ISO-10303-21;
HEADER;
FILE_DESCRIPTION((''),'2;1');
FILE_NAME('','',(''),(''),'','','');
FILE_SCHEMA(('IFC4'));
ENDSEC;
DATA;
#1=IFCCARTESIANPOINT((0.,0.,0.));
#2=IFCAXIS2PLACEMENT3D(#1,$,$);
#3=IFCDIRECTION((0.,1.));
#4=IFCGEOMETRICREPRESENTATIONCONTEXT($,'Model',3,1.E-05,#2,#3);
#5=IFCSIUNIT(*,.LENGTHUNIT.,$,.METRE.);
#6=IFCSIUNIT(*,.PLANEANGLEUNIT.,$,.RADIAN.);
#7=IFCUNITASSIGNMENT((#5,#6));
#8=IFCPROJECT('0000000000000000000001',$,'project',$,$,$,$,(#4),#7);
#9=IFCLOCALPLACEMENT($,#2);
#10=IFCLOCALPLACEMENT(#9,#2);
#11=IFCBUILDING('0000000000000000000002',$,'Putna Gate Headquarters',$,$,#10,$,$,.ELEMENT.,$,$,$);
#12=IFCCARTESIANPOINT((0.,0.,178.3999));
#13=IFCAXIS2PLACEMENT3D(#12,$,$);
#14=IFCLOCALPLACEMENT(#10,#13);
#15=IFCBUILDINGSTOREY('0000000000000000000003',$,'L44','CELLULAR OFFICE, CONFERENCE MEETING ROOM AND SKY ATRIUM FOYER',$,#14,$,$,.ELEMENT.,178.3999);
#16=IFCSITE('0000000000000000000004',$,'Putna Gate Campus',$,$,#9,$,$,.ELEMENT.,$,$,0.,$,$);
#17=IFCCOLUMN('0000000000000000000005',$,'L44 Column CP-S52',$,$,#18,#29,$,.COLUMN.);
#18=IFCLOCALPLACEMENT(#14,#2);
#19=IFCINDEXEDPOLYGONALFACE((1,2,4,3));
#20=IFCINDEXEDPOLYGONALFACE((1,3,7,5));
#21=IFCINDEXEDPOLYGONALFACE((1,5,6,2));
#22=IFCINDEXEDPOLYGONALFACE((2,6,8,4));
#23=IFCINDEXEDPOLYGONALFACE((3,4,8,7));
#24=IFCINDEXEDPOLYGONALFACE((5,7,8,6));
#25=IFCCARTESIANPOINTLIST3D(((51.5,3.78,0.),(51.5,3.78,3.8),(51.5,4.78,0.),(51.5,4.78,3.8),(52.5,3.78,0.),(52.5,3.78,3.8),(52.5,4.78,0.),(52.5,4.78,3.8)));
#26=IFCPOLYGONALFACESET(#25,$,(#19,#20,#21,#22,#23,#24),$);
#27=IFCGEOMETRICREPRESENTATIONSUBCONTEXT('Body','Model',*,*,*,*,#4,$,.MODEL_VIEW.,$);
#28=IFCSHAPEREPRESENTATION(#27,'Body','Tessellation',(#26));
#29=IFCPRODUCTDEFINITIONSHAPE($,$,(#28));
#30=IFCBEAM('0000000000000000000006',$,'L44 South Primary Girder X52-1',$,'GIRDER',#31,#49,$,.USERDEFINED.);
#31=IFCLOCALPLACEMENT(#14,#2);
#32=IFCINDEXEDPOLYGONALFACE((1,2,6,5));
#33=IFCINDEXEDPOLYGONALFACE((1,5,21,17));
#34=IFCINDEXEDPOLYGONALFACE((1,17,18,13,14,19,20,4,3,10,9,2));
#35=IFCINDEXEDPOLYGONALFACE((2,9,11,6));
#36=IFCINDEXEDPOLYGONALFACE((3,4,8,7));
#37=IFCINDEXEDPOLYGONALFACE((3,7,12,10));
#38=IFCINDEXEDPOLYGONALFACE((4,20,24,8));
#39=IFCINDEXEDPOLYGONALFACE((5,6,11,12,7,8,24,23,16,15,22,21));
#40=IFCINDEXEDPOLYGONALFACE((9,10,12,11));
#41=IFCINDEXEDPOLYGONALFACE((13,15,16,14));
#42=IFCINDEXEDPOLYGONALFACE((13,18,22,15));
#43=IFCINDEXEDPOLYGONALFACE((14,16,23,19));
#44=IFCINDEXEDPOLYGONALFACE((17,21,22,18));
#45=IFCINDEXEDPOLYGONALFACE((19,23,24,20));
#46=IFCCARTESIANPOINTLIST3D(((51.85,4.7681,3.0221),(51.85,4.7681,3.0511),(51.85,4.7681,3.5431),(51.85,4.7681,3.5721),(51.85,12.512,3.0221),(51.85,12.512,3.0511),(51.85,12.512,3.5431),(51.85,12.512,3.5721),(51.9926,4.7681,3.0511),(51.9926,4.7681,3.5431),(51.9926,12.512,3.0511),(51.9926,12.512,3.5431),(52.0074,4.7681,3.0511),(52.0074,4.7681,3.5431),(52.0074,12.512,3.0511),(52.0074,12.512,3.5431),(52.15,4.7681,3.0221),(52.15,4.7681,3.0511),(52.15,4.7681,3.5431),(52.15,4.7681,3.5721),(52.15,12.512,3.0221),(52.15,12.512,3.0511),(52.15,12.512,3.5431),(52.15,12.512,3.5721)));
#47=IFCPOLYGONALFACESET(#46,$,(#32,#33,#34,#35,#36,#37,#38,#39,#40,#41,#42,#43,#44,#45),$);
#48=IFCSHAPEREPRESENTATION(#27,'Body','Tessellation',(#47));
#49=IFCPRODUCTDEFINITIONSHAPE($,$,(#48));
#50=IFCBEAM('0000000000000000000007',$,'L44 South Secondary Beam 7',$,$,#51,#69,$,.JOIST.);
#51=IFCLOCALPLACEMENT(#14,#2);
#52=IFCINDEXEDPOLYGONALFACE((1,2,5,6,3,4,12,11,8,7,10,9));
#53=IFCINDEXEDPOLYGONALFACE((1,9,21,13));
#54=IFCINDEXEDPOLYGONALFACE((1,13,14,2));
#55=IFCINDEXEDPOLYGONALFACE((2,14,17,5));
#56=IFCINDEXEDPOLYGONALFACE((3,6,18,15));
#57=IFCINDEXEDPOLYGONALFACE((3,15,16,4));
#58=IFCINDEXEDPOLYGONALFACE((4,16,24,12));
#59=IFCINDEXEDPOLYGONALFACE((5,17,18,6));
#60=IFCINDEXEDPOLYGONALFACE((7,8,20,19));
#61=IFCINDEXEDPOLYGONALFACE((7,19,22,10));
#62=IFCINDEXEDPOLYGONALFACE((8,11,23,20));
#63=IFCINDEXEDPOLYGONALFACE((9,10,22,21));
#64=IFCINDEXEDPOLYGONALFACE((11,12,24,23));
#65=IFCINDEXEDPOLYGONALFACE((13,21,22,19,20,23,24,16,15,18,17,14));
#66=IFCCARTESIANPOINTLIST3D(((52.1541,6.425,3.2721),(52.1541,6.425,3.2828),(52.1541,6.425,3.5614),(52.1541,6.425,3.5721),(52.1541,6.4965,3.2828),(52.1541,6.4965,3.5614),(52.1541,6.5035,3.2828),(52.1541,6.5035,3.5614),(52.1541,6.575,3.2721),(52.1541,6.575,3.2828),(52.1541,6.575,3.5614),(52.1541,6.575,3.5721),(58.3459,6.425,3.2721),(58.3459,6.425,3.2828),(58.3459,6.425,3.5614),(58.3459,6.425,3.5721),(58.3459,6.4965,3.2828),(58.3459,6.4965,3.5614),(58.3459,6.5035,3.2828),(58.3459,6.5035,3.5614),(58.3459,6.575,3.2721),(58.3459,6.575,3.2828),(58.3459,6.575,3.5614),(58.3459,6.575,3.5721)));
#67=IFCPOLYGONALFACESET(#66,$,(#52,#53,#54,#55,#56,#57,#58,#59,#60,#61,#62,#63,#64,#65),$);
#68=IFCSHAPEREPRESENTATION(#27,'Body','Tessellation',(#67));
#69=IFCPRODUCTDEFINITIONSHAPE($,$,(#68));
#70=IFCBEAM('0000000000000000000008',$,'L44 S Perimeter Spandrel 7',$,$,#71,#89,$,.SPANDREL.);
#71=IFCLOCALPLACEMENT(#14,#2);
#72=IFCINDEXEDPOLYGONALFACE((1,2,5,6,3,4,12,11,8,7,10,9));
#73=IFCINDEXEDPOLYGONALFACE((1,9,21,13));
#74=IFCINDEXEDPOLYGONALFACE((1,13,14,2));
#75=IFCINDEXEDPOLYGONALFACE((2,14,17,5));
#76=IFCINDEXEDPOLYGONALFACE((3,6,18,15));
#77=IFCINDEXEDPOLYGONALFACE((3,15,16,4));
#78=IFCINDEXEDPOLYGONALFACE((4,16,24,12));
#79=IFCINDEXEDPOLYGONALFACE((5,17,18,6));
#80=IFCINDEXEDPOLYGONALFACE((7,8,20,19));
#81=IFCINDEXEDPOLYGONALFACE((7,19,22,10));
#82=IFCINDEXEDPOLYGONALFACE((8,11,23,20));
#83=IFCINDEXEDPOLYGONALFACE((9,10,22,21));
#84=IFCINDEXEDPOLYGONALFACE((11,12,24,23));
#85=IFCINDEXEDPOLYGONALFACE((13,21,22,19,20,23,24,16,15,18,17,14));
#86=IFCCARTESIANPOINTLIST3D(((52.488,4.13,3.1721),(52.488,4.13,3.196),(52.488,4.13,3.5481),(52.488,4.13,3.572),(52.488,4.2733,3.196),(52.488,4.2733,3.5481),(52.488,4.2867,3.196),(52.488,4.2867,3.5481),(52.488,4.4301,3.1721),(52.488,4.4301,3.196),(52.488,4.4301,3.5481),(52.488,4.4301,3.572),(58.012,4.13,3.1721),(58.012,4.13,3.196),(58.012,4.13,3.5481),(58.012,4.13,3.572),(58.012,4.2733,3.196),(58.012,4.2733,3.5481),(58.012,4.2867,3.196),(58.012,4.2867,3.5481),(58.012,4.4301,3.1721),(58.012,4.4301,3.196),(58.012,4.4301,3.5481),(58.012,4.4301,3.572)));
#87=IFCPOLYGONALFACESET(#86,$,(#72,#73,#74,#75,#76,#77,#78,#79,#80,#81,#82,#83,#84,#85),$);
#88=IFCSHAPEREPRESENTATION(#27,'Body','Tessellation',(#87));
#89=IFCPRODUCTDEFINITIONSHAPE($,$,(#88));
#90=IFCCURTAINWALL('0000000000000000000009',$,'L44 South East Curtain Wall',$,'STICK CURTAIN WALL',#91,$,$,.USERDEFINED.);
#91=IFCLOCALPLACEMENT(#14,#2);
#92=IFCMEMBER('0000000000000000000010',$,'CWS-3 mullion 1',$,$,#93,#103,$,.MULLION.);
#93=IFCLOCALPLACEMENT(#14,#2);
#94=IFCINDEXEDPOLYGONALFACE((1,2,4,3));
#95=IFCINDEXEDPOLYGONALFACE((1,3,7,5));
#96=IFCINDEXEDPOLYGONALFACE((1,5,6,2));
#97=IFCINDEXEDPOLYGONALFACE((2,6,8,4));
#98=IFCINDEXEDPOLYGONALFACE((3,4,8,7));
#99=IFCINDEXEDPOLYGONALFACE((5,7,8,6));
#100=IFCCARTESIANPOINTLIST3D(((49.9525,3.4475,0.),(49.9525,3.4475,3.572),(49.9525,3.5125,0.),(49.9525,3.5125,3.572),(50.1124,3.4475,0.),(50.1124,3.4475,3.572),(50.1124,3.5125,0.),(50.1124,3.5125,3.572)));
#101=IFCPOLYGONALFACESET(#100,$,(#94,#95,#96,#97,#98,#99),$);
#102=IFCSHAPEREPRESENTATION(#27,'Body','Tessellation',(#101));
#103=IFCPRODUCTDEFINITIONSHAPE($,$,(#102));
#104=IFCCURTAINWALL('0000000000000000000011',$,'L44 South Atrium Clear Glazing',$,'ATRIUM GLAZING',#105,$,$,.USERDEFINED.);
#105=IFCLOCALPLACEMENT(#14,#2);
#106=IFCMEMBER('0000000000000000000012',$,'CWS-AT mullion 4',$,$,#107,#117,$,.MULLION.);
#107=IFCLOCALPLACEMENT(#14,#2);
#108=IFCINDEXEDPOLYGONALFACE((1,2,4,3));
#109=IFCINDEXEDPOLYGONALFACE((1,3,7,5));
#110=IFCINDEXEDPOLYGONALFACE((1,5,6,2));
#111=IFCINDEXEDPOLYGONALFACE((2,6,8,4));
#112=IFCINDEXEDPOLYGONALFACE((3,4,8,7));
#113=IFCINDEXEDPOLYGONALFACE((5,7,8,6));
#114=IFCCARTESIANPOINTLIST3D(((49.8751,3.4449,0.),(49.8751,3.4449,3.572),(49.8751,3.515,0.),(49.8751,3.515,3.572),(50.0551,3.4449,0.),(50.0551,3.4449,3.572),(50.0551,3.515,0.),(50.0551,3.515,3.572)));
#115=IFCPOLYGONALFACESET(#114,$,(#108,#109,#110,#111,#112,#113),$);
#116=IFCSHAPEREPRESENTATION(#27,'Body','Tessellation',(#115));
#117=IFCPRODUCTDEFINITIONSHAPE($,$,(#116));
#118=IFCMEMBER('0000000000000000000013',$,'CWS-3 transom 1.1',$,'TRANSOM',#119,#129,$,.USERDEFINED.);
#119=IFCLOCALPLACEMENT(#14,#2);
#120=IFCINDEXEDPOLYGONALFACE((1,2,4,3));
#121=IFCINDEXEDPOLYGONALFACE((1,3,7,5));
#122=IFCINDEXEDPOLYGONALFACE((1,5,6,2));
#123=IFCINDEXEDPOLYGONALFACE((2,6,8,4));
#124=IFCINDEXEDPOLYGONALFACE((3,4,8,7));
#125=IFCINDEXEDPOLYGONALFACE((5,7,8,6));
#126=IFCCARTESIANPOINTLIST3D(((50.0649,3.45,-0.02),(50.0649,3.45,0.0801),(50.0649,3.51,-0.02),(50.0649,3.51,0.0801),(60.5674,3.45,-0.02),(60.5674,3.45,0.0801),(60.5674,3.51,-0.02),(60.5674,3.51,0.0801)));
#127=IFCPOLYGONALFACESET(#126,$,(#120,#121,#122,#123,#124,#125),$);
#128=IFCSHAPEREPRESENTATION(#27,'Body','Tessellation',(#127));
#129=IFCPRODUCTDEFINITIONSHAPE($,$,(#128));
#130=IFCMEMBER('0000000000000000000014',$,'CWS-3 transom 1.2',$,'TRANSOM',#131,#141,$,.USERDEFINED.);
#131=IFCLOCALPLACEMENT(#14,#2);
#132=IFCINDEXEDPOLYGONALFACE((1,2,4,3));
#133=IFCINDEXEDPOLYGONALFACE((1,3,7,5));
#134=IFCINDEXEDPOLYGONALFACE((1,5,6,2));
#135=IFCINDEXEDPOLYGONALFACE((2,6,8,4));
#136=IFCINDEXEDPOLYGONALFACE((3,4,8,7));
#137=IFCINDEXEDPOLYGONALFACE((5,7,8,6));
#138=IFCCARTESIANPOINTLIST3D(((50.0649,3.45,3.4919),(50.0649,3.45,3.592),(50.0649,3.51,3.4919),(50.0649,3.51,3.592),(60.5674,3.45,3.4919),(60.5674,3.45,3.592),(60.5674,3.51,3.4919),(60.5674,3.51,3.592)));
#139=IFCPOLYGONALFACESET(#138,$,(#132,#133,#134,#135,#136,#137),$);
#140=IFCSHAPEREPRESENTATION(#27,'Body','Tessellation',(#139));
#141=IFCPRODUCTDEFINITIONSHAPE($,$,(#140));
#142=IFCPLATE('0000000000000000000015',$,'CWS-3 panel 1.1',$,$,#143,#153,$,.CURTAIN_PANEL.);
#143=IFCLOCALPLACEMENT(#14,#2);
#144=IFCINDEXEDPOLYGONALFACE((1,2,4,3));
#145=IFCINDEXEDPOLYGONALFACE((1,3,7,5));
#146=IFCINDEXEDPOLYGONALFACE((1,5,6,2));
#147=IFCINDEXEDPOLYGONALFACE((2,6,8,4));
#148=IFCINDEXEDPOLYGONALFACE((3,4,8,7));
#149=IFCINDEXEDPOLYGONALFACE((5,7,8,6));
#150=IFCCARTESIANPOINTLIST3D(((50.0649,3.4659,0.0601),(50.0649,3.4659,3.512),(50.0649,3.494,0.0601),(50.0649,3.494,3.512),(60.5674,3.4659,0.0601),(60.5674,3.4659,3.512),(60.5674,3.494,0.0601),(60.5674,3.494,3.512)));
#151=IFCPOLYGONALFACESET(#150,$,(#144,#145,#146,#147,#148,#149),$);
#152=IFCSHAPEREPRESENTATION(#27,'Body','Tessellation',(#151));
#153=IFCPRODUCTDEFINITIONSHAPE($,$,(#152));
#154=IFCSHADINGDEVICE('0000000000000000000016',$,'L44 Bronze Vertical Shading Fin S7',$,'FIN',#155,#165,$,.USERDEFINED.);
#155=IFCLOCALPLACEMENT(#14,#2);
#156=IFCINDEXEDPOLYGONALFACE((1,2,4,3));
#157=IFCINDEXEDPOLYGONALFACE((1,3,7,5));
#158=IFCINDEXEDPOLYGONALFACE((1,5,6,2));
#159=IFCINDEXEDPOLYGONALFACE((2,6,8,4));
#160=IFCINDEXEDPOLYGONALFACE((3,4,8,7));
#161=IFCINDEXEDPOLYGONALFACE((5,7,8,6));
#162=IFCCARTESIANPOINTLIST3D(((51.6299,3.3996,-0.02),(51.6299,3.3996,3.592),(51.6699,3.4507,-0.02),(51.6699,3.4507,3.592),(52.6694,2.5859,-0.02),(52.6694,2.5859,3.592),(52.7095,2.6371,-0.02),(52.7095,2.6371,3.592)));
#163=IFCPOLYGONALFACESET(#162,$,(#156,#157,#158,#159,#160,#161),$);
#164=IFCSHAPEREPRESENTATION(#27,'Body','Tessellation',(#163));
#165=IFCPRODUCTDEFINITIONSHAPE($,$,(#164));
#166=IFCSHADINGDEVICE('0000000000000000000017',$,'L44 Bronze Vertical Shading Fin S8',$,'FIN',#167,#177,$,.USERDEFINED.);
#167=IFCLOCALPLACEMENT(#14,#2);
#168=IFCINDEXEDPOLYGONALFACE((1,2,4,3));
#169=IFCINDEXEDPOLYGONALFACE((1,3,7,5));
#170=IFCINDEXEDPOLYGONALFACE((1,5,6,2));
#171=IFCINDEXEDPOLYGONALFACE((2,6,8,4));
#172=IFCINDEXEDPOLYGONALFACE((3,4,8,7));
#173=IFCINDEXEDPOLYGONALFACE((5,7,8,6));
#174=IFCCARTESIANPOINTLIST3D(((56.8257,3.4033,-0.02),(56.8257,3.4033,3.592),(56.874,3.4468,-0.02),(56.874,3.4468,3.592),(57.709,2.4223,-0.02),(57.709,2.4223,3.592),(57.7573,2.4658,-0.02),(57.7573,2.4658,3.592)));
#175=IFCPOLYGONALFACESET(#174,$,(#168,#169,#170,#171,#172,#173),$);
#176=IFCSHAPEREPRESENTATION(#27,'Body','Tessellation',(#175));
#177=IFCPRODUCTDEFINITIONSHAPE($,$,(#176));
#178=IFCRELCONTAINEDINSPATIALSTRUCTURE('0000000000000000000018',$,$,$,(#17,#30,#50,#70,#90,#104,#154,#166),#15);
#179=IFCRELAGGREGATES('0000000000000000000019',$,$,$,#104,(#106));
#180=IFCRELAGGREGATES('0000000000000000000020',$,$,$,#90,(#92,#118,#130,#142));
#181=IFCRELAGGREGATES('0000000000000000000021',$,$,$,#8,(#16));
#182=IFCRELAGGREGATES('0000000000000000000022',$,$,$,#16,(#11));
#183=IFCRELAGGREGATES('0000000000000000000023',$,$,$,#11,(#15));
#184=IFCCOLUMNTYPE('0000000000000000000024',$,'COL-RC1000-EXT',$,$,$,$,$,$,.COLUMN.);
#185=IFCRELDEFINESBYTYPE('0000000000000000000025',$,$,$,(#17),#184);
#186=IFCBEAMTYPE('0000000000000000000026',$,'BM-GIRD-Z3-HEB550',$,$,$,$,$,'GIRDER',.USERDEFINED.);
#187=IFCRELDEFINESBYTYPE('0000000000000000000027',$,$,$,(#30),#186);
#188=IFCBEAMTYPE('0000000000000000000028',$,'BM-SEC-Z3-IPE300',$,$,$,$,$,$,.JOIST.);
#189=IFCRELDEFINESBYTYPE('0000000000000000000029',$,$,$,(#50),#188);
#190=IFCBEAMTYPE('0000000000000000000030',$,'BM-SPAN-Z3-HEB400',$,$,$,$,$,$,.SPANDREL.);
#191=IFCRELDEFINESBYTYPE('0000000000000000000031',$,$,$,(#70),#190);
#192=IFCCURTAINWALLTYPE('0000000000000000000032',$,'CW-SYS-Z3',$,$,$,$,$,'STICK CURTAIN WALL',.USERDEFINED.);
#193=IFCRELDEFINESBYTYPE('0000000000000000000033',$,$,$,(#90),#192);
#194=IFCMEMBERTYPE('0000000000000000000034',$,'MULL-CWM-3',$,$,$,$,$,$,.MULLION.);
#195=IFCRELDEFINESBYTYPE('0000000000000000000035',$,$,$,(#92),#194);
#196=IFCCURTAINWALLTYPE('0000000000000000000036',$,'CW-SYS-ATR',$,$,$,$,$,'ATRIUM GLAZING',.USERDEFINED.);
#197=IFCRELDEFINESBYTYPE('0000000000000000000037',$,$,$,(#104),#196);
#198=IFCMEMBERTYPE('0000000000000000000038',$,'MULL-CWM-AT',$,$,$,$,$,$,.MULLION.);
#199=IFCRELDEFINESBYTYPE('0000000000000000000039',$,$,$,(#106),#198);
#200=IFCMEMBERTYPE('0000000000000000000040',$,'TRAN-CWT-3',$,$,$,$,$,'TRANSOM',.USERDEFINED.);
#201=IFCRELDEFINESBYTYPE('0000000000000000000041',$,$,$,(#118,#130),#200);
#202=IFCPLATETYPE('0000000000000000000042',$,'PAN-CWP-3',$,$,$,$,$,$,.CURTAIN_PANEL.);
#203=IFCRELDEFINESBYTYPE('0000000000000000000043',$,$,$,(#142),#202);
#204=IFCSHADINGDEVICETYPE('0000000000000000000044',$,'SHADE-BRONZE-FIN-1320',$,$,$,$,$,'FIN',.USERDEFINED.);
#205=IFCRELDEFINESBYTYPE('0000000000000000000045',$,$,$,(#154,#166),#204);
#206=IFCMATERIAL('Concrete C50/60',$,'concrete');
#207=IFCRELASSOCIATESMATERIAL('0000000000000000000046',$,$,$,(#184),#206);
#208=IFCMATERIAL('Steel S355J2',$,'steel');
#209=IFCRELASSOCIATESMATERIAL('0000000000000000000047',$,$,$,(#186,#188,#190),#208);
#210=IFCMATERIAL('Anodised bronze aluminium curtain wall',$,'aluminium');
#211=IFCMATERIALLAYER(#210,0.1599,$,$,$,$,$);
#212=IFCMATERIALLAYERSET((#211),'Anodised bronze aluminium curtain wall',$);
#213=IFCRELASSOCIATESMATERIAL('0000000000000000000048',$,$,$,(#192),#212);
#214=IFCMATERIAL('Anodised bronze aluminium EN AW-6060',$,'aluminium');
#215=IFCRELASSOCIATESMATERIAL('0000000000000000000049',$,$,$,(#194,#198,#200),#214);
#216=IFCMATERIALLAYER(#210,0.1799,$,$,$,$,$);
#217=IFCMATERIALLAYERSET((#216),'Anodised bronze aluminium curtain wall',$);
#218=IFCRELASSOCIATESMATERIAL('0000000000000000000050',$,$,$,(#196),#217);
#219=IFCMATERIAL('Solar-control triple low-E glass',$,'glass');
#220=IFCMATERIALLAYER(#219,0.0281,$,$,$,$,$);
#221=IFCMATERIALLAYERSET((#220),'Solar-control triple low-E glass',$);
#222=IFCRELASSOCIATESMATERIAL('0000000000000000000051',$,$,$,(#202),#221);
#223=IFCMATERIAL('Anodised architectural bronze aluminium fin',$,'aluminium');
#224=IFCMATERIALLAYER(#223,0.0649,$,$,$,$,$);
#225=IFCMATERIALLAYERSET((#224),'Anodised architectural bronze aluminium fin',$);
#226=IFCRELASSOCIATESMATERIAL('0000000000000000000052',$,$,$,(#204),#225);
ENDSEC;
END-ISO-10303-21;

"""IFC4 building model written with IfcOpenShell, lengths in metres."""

from ifc_helpers import new_model, si_unit, direction, frame, origin, origin_2d, place, context, subcontext, project, spatial, rectangle, i_section, extrude, material, layer, layer_set, material_profile, profile_set, type_object, element, aggregate, save


model = new_model("IFC4")

# Units and contexts
model_context = context("Model", 3, precision=1e-05, world=origin(), true_north=direction((0.0, 1.0)))
body_context = subcontext(model_context, "Body", "Model", "MODEL_VIEW")
ifc_project = project(units=[si_unit("LENGTHUNIT", "METRE"), si_unit("PLANEANGLEUNIT", "RADIAN")], contexts=[model_context])

# Site, building, storey
site_placement = place(None, origin())
site = spatial("IfcSite", under=ifc_project, at=site_placement, Name="Putna Gate Campus", CompositionType="ELEMENT", RefElevation=0.0)
building_placement = place(site_placement, origin())
building = spatial("IfcBuilding", under=site, at=building_placement, Name="Putna Gate Headquarters", CompositionType="ELEMENT")
storey_placement = place(building_placement, frame((0.0, 0.0, 178.3999)))
storey = spatial("IfcBuildingStorey", under=building, at=storey_placement, Name="L44", Description="CELLULAR OFFICE, CONFERENCE MEETING ROOM AND SKY ATRIUM FOYER", CompositionType="ELEMENT", Elevation=178.3999)

# Column
ifc_material_1 = material(Name="Concrete C50/60", Category="concrete")
ifc_material_profile_1 = material_profile(ifc_material_1, rectangle(XDim=1.0, YDim=1.0, at=origin_2d()), Name="Concrete C50/60")
ifc_profile_set_1 = profile_set([ifc_material_profile_1], Name="Concrete C50/60")
column_type = type_object("IfcColumnType", Name="COL-RC1000-EXT", PredefinedType="COLUMN", material=ifc_profile_set_1)
column_placement = place(storey_placement, frame((52.0, 4.28, 0.0), z_axis=(0.0, 0.0, 1.0), x_axis=(1.0, 0.0, 0.0)))
element("IfcColumn", 1, at=column_placement, inside=storey, type_object=column_type, Name="L44 Column CP-S52", PredefinedType="COLUMN", context=body_context, shape_type="SweptSolid", body=[
    extrude(rectangle(XDim=1.0, YDim=1.0, at=origin_2d()), origin(), (0.0, 0.0, 1.0), 3.8),
])

# Beams
ifc_material_2 = material(Name="Steel S355J2", Category="steel")
ifc_material_profile_2 = material_profile(ifc_material_2, i_section(OverallWidth=0.3, OverallDepth=0.55, WebThickness=0.0149, FlangeThickness=0.0291, at=origin_2d()), Name="Steel S355J2")
ifc_profile_set_2 = profile_set([ifc_material_profile_2], Name="Steel S355J2")
beam_type_1 = type_object("IfcBeamType", Name="BM-GIRD-Z3-HEB550", ElementType="GIRDER", PredefinedType="USERDEFINED", material=ifc_profile_set_2)
beam_1_placement = place(storey_placement, frame((52.0, 4.7681, 3.2971), z_axis=(0.0, 1.0, 0.0), x_axis=(-1.0, 0.0, 0.0)))
element("IfcBeam", 2, at=beam_1_placement, inside=storey, type_object=beam_type_1, Name="L44 South Primary Girder X52-1", ObjectType="GIRDER", PredefinedType="USERDEFINED", context=body_context, shape_type="SweptSolid", body=[
    extrude(i_section(OverallWidth=0.3, OverallDepth=0.55, WebThickness=0.0149, FlangeThickness=0.0291, at=origin_2d()), origin(), (0.0, 0.0, 1.0), 7.7439),
])
ifc_material_profile_3 = material_profile(ifc_material_2, i_section(OverallWidth=0.1499, OverallDepth=0.3, WebThickness=0.0071, FlangeThickness=0.0107, at=origin_2d()), Name="Steel S355J2")
ifc_profile_set_3 = profile_set([ifc_material_profile_3], Name="Steel S355J2")
beam_type_2 = type_object("IfcBeamType", Name="BM-SEC-Z3-IPE300", PredefinedType="JOIST", material=ifc_profile_set_3)
beam_2_placement = place(storey_placement, frame((52.1541, 6.5, 3.4221), z_axis=(1.0, 0.0, 0.0), x_axis=(0.0, 1.0, 0.0)))
element("IfcBeam", 3, at=beam_2_placement, inside=storey, type_object=beam_type_2, Name="L44 South Secondary Beam 7", PredefinedType="JOIST", context=body_context, shape_type="SweptSolid", body=[
    extrude(i_section(OverallWidth=0.1499, OverallDepth=0.3, WebThickness=0.0071, FlangeThickness=0.0107, at=origin_2d()), origin(), (0.0, 0.0, 1.0), 6.1919),
])
ifc_material_profile_4 = material_profile(ifc_material_2, i_section(OverallWidth=0.3, OverallDepth=0.3999, WebThickness=0.0134, FlangeThickness=0.0239, at=origin_2d()), Name="Steel S355J2")
ifc_profile_set_4 = profile_set([ifc_material_profile_4], Name="Steel S355J2")
beam_type_3 = type_object("IfcBeamType", Name="BM-SPAN-Z3-HEB400", PredefinedType="SPANDREL", material=ifc_profile_set_4)
beam_3_placement = place(storey_placement, frame((52.488, 4.28, 3.3721), z_axis=(1.0, 0.0, 0.0), x_axis=(0.0, 1.0, 0.0)))
element("IfcBeam", 4, at=beam_3_placement, inside=storey, type_object=beam_type_3, Name="L44 S Perimeter Spandrel 7", PredefinedType="SPANDREL", context=body_context, shape_type="SweptSolid", body=[
    extrude(i_section(OverallWidth=0.3, OverallDepth=0.3999, WebThickness=0.0134, FlangeThickness=0.0239, at=origin_2d()), origin(), (0.0, 0.0, 1.0), 5.5239),
])

# Curtain walls, members
ifc_material_3 = material(Name="Anodised bronze aluminium curtain wall", Category="aluminium")
ifc_layer_1 = layer(ifc_material_3, 0.1599)
ifc_layer_set_1 = layer_set([ifc_layer_1], Name="Anodised bronze aluminium curtain wall")
curtain_wall_type_1 = type_object("IfcCurtainWallType", Name="CW-SYS-Z3", ElementType="STICK CURTAIN WALL", PredefinedType="USERDEFINED", material=ifc_layer_set_1)
curtain_wall_1_placement = place(storey_placement, origin())
curtain_wall_1 = element("IfcCurtainWall", 5, at=curtain_wall_1_placement, inside=storey, type_object=curtain_wall_type_1, Name="L44 South East Curtain Wall", ObjectType="STICK CURTAIN WALL", PredefinedType="USERDEFINED")
ifc_material_4 = material(Name="Anodised bronze aluminium EN AW-6060", Category="aluminium")
ifc_material_profile_5 = material_profile(ifc_material_4, rectangle(XDim=0.0649, YDim=0.1599, at=origin_2d()), Name="Anodised bronze aluminium EN AW-6060")
ifc_profile_set_5 = profile_set([ifc_material_profile_5], Name="Anodised bronze aluminium EN AW-6060")
member_type_1 = type_object("IfcMemberType", Name="MULL-CWM-3", PredefinedType="MULLION", material=ifc_profile_set_5)
member_1_placement = place(storey_placement, frame((50.0325, 3.48, 0.0), z_axis=(0.0, 0.0, 1.0), x_axis=(0.0, 1.0, 0.0)))
member_1 = element("IfcMember", 6, at=member_1_placement, type_object=member_type_1, Name="CWS-3 mullion 1", PredefinedType="MULLION", context=body_context, shape_type="SweptSolid", body=[
    extrude(rectangle(XDim=0.0649, YDim=0.1599, at=origin_2d()), origin(), (0.0, 0.0, 1.0), 3.572),
])
ifc_layer_2 = layer(ifc_material_3, 0.1799)
ifc_layer_set_2 = layer_set([ifc_layer_2], Name="Anodised bronze aluminium curtain wall")
curtain_wall_type_2 = type_object("IfcCurtainWallType", Name="CW-SYS-ATR", ElementType="ATRIUM GLAZING", PredefinedType="USERDEFINED", material=ifc_layer_set_2)
curtain_wall_2_placement = place(storey_placement, origin())
curtain_wall_2 = element("IfcCurtainWall", 7, at=curtain_wall_2_placement, inside=storey, type_object=curtain_wall_type_2, Name="L44 South Atrium Clear Glazing", ObjectType="ATRIUM GLAZING", PredefinedType="USERDEFINED")
ifc_material_profile_6 = material_profile(ifc_material_4, rectangle(XDim=0.0701, YDim=0.1799, at=origin_2d()), Name="Anodised bronze aluminium EN AW-6060")
ifc_profile_set_6 = profile_set([ifc_material_profile_6], Name="Anodised bronze aluminium EN AW-6060")
member_type_2 = type_object("IfcMemberType", Name="MULL-CWM-AT", PredefinedType="MULLION", material=ifc_profile_set_6)
member_2_placement = place(storey_placement, frame((49.9651, 3.48, 0.0), z_axis=(0.0, 0.0, 1.0), x_axis=(0.0, 1.0, 0.0)))
member_2 = element("IfcMember", 8, at=member_2_placement, type_object=member_type_2, Name="CWS-AT mullion 4", PredefinedType="MULLION", context=body_context, shape_type="SweptSolid", body=[
    extrude(rectangle(XDim=0.0701, YDim=0.1799, at=origin_2d()), origin(), (0.0, 0.0, 1.0), 3.572),
])
aggregate(curtain_wall_2, [member_2])

# Members
ifc_material_profile_7 = material_profile(ifc_material_4, rectangle(XDim=0.0601, YDim=0.1001, at=origin_2d()), Name="Anodised bronze aluminium EN AW-6060")
ifc_profile_set_7 = profile_set([ifc_material_profile_7], Name="Anodised bronze aluminium EN AW-6060")
member_type_3 = type_object("IfcMemberType", Name="TRAN-CWT-3", ElementType="TRANSOM", PredefinedType="USERDEFINED", material=ifc_profile_set_7)
member_3_placement = place(storey_placement, frame((50.0649, 3.48, 0.03), z_axis=(1.0, 0.0, 0.0), x_axis=(0.0, 1.0, 0.0)))
member_3 = element("IfcMember", 9, at=member_3_placement, type_object=member_type_3, Name="CWS-3 transom 1.1", ObjectType="TRANSOM", PredefinedType="USERDEFINED", context=body_context, shape_type="SweptSolid", body=[
    extrude(rectangle(XDim=0.0601, YDim=0.1001, at=origin_2d()), origin(), (0.0, 0.0, 1.0), 10.5024),
])
member_4_placement = place(storey_placement, frame((50.0649, 3.48, 3.542), z_axis=(1.0, 0.0, 0.0), x_axis=(0.0, 1.0, 0.0)))
member_4 = element("IfcMember", 10, at=member_4_placement, type_object=member_type_3, Name="CWS-3 transom 1.2", ObjectType="TRANSOM", PredefinedType="USERDEFINED", context=body_context, shape_type="SweptSolid", body=[
    extrude(rectangle(XDim=0.0601, YDim=0.1001, at=origin_2d()), origin(), (0.0, 0.0, 1.0), 10.5024),
])

# Plate
ifc_material_5 = material(Name="Solar-control triple low-E glass", Category="glass")
ifc_layer_3 = layer(ifc_material_5, 0.0281)
ifc_layer_set_3 = layer_set([ifc_layer_3], Name="Solar-control triple low-E glass")
plate_type = type_object("IfcPlateType", Name="PAN-CWP-3", PredefinedType="CURTAIN_PANEL", material=ifc_layer_set_3)
plate_placement = place(storey_placement, frame((55.3162, 3.48, 0.0601), z_axis=(0.0, 0.0, 1.0), x_axis=(1.0, 0.0, 0.0)))
plate = element("IfcPlate", 11, at=plate_placement, type_object=plate_type, Name="CWS-3 panel 1.1", PredefinedType="CURTAIN_PANEL", context=body_context, shape_type="SweptSolid", body=[
    extrude(rectangle(XDim=10.5024, YDim=0.0281, at=origin_2d()), origin(), (0.0, 0.0, 1.0), 3.4519),
])
aggregate(curtain_wall_1, [member_1, member_3, member_4, plate])

# Shading devices
ifc_material_6 = material(Name="Anodised architectural bronze aluminium fin", Category="aluminium")
ifc_layer_4 = layer(ifc_material_6, 0.0649)
ifc_layer_set_4 = layer_set([ifc_layer_4], Name="Anodised architectural bronze aluminium fin")
shading_device_type = type_object("IfcShadingDeviceType", Name="SHADE-BRONZE-FIN-1320", ElementType="FIN", PredefinedType="USERDEFINED", material=ifc_layer_set_4)
for number, where, z_axis, x_axis, name in (
    (12, (52.1697, 3.0183, -0.02), (0.0, 0.0, 1.0), (0.787473, -0.616349, 0.0), "L44 Bronze Vertical Shading Fin S7"),
    (13, (57.2915, 2.9346, -0.02), (0.0, 0.0, 1.0), (0.669131, -0.743145, 0.0), "L44 Bronze Vertical Shading Fin S8"),
):
    element("IfcShadingDevice", number, at=place(storey_placement, frame(where, z_axis=z_axis, x_axis=x_axis)), inside=storey, type_object=shading_device_type, Name=name, ObjectType="FIN", PredefinedType="USERDEFINED", context=body_context, shape_type="SweptSolid", body=[
        extrude(rectangle(XDim=1.3201, YDim=0.0649, at=origin_2d()), origin(), (0.0, 0.0, 1.0), 3.6121),
    ])

save(model, "model.ifc")
